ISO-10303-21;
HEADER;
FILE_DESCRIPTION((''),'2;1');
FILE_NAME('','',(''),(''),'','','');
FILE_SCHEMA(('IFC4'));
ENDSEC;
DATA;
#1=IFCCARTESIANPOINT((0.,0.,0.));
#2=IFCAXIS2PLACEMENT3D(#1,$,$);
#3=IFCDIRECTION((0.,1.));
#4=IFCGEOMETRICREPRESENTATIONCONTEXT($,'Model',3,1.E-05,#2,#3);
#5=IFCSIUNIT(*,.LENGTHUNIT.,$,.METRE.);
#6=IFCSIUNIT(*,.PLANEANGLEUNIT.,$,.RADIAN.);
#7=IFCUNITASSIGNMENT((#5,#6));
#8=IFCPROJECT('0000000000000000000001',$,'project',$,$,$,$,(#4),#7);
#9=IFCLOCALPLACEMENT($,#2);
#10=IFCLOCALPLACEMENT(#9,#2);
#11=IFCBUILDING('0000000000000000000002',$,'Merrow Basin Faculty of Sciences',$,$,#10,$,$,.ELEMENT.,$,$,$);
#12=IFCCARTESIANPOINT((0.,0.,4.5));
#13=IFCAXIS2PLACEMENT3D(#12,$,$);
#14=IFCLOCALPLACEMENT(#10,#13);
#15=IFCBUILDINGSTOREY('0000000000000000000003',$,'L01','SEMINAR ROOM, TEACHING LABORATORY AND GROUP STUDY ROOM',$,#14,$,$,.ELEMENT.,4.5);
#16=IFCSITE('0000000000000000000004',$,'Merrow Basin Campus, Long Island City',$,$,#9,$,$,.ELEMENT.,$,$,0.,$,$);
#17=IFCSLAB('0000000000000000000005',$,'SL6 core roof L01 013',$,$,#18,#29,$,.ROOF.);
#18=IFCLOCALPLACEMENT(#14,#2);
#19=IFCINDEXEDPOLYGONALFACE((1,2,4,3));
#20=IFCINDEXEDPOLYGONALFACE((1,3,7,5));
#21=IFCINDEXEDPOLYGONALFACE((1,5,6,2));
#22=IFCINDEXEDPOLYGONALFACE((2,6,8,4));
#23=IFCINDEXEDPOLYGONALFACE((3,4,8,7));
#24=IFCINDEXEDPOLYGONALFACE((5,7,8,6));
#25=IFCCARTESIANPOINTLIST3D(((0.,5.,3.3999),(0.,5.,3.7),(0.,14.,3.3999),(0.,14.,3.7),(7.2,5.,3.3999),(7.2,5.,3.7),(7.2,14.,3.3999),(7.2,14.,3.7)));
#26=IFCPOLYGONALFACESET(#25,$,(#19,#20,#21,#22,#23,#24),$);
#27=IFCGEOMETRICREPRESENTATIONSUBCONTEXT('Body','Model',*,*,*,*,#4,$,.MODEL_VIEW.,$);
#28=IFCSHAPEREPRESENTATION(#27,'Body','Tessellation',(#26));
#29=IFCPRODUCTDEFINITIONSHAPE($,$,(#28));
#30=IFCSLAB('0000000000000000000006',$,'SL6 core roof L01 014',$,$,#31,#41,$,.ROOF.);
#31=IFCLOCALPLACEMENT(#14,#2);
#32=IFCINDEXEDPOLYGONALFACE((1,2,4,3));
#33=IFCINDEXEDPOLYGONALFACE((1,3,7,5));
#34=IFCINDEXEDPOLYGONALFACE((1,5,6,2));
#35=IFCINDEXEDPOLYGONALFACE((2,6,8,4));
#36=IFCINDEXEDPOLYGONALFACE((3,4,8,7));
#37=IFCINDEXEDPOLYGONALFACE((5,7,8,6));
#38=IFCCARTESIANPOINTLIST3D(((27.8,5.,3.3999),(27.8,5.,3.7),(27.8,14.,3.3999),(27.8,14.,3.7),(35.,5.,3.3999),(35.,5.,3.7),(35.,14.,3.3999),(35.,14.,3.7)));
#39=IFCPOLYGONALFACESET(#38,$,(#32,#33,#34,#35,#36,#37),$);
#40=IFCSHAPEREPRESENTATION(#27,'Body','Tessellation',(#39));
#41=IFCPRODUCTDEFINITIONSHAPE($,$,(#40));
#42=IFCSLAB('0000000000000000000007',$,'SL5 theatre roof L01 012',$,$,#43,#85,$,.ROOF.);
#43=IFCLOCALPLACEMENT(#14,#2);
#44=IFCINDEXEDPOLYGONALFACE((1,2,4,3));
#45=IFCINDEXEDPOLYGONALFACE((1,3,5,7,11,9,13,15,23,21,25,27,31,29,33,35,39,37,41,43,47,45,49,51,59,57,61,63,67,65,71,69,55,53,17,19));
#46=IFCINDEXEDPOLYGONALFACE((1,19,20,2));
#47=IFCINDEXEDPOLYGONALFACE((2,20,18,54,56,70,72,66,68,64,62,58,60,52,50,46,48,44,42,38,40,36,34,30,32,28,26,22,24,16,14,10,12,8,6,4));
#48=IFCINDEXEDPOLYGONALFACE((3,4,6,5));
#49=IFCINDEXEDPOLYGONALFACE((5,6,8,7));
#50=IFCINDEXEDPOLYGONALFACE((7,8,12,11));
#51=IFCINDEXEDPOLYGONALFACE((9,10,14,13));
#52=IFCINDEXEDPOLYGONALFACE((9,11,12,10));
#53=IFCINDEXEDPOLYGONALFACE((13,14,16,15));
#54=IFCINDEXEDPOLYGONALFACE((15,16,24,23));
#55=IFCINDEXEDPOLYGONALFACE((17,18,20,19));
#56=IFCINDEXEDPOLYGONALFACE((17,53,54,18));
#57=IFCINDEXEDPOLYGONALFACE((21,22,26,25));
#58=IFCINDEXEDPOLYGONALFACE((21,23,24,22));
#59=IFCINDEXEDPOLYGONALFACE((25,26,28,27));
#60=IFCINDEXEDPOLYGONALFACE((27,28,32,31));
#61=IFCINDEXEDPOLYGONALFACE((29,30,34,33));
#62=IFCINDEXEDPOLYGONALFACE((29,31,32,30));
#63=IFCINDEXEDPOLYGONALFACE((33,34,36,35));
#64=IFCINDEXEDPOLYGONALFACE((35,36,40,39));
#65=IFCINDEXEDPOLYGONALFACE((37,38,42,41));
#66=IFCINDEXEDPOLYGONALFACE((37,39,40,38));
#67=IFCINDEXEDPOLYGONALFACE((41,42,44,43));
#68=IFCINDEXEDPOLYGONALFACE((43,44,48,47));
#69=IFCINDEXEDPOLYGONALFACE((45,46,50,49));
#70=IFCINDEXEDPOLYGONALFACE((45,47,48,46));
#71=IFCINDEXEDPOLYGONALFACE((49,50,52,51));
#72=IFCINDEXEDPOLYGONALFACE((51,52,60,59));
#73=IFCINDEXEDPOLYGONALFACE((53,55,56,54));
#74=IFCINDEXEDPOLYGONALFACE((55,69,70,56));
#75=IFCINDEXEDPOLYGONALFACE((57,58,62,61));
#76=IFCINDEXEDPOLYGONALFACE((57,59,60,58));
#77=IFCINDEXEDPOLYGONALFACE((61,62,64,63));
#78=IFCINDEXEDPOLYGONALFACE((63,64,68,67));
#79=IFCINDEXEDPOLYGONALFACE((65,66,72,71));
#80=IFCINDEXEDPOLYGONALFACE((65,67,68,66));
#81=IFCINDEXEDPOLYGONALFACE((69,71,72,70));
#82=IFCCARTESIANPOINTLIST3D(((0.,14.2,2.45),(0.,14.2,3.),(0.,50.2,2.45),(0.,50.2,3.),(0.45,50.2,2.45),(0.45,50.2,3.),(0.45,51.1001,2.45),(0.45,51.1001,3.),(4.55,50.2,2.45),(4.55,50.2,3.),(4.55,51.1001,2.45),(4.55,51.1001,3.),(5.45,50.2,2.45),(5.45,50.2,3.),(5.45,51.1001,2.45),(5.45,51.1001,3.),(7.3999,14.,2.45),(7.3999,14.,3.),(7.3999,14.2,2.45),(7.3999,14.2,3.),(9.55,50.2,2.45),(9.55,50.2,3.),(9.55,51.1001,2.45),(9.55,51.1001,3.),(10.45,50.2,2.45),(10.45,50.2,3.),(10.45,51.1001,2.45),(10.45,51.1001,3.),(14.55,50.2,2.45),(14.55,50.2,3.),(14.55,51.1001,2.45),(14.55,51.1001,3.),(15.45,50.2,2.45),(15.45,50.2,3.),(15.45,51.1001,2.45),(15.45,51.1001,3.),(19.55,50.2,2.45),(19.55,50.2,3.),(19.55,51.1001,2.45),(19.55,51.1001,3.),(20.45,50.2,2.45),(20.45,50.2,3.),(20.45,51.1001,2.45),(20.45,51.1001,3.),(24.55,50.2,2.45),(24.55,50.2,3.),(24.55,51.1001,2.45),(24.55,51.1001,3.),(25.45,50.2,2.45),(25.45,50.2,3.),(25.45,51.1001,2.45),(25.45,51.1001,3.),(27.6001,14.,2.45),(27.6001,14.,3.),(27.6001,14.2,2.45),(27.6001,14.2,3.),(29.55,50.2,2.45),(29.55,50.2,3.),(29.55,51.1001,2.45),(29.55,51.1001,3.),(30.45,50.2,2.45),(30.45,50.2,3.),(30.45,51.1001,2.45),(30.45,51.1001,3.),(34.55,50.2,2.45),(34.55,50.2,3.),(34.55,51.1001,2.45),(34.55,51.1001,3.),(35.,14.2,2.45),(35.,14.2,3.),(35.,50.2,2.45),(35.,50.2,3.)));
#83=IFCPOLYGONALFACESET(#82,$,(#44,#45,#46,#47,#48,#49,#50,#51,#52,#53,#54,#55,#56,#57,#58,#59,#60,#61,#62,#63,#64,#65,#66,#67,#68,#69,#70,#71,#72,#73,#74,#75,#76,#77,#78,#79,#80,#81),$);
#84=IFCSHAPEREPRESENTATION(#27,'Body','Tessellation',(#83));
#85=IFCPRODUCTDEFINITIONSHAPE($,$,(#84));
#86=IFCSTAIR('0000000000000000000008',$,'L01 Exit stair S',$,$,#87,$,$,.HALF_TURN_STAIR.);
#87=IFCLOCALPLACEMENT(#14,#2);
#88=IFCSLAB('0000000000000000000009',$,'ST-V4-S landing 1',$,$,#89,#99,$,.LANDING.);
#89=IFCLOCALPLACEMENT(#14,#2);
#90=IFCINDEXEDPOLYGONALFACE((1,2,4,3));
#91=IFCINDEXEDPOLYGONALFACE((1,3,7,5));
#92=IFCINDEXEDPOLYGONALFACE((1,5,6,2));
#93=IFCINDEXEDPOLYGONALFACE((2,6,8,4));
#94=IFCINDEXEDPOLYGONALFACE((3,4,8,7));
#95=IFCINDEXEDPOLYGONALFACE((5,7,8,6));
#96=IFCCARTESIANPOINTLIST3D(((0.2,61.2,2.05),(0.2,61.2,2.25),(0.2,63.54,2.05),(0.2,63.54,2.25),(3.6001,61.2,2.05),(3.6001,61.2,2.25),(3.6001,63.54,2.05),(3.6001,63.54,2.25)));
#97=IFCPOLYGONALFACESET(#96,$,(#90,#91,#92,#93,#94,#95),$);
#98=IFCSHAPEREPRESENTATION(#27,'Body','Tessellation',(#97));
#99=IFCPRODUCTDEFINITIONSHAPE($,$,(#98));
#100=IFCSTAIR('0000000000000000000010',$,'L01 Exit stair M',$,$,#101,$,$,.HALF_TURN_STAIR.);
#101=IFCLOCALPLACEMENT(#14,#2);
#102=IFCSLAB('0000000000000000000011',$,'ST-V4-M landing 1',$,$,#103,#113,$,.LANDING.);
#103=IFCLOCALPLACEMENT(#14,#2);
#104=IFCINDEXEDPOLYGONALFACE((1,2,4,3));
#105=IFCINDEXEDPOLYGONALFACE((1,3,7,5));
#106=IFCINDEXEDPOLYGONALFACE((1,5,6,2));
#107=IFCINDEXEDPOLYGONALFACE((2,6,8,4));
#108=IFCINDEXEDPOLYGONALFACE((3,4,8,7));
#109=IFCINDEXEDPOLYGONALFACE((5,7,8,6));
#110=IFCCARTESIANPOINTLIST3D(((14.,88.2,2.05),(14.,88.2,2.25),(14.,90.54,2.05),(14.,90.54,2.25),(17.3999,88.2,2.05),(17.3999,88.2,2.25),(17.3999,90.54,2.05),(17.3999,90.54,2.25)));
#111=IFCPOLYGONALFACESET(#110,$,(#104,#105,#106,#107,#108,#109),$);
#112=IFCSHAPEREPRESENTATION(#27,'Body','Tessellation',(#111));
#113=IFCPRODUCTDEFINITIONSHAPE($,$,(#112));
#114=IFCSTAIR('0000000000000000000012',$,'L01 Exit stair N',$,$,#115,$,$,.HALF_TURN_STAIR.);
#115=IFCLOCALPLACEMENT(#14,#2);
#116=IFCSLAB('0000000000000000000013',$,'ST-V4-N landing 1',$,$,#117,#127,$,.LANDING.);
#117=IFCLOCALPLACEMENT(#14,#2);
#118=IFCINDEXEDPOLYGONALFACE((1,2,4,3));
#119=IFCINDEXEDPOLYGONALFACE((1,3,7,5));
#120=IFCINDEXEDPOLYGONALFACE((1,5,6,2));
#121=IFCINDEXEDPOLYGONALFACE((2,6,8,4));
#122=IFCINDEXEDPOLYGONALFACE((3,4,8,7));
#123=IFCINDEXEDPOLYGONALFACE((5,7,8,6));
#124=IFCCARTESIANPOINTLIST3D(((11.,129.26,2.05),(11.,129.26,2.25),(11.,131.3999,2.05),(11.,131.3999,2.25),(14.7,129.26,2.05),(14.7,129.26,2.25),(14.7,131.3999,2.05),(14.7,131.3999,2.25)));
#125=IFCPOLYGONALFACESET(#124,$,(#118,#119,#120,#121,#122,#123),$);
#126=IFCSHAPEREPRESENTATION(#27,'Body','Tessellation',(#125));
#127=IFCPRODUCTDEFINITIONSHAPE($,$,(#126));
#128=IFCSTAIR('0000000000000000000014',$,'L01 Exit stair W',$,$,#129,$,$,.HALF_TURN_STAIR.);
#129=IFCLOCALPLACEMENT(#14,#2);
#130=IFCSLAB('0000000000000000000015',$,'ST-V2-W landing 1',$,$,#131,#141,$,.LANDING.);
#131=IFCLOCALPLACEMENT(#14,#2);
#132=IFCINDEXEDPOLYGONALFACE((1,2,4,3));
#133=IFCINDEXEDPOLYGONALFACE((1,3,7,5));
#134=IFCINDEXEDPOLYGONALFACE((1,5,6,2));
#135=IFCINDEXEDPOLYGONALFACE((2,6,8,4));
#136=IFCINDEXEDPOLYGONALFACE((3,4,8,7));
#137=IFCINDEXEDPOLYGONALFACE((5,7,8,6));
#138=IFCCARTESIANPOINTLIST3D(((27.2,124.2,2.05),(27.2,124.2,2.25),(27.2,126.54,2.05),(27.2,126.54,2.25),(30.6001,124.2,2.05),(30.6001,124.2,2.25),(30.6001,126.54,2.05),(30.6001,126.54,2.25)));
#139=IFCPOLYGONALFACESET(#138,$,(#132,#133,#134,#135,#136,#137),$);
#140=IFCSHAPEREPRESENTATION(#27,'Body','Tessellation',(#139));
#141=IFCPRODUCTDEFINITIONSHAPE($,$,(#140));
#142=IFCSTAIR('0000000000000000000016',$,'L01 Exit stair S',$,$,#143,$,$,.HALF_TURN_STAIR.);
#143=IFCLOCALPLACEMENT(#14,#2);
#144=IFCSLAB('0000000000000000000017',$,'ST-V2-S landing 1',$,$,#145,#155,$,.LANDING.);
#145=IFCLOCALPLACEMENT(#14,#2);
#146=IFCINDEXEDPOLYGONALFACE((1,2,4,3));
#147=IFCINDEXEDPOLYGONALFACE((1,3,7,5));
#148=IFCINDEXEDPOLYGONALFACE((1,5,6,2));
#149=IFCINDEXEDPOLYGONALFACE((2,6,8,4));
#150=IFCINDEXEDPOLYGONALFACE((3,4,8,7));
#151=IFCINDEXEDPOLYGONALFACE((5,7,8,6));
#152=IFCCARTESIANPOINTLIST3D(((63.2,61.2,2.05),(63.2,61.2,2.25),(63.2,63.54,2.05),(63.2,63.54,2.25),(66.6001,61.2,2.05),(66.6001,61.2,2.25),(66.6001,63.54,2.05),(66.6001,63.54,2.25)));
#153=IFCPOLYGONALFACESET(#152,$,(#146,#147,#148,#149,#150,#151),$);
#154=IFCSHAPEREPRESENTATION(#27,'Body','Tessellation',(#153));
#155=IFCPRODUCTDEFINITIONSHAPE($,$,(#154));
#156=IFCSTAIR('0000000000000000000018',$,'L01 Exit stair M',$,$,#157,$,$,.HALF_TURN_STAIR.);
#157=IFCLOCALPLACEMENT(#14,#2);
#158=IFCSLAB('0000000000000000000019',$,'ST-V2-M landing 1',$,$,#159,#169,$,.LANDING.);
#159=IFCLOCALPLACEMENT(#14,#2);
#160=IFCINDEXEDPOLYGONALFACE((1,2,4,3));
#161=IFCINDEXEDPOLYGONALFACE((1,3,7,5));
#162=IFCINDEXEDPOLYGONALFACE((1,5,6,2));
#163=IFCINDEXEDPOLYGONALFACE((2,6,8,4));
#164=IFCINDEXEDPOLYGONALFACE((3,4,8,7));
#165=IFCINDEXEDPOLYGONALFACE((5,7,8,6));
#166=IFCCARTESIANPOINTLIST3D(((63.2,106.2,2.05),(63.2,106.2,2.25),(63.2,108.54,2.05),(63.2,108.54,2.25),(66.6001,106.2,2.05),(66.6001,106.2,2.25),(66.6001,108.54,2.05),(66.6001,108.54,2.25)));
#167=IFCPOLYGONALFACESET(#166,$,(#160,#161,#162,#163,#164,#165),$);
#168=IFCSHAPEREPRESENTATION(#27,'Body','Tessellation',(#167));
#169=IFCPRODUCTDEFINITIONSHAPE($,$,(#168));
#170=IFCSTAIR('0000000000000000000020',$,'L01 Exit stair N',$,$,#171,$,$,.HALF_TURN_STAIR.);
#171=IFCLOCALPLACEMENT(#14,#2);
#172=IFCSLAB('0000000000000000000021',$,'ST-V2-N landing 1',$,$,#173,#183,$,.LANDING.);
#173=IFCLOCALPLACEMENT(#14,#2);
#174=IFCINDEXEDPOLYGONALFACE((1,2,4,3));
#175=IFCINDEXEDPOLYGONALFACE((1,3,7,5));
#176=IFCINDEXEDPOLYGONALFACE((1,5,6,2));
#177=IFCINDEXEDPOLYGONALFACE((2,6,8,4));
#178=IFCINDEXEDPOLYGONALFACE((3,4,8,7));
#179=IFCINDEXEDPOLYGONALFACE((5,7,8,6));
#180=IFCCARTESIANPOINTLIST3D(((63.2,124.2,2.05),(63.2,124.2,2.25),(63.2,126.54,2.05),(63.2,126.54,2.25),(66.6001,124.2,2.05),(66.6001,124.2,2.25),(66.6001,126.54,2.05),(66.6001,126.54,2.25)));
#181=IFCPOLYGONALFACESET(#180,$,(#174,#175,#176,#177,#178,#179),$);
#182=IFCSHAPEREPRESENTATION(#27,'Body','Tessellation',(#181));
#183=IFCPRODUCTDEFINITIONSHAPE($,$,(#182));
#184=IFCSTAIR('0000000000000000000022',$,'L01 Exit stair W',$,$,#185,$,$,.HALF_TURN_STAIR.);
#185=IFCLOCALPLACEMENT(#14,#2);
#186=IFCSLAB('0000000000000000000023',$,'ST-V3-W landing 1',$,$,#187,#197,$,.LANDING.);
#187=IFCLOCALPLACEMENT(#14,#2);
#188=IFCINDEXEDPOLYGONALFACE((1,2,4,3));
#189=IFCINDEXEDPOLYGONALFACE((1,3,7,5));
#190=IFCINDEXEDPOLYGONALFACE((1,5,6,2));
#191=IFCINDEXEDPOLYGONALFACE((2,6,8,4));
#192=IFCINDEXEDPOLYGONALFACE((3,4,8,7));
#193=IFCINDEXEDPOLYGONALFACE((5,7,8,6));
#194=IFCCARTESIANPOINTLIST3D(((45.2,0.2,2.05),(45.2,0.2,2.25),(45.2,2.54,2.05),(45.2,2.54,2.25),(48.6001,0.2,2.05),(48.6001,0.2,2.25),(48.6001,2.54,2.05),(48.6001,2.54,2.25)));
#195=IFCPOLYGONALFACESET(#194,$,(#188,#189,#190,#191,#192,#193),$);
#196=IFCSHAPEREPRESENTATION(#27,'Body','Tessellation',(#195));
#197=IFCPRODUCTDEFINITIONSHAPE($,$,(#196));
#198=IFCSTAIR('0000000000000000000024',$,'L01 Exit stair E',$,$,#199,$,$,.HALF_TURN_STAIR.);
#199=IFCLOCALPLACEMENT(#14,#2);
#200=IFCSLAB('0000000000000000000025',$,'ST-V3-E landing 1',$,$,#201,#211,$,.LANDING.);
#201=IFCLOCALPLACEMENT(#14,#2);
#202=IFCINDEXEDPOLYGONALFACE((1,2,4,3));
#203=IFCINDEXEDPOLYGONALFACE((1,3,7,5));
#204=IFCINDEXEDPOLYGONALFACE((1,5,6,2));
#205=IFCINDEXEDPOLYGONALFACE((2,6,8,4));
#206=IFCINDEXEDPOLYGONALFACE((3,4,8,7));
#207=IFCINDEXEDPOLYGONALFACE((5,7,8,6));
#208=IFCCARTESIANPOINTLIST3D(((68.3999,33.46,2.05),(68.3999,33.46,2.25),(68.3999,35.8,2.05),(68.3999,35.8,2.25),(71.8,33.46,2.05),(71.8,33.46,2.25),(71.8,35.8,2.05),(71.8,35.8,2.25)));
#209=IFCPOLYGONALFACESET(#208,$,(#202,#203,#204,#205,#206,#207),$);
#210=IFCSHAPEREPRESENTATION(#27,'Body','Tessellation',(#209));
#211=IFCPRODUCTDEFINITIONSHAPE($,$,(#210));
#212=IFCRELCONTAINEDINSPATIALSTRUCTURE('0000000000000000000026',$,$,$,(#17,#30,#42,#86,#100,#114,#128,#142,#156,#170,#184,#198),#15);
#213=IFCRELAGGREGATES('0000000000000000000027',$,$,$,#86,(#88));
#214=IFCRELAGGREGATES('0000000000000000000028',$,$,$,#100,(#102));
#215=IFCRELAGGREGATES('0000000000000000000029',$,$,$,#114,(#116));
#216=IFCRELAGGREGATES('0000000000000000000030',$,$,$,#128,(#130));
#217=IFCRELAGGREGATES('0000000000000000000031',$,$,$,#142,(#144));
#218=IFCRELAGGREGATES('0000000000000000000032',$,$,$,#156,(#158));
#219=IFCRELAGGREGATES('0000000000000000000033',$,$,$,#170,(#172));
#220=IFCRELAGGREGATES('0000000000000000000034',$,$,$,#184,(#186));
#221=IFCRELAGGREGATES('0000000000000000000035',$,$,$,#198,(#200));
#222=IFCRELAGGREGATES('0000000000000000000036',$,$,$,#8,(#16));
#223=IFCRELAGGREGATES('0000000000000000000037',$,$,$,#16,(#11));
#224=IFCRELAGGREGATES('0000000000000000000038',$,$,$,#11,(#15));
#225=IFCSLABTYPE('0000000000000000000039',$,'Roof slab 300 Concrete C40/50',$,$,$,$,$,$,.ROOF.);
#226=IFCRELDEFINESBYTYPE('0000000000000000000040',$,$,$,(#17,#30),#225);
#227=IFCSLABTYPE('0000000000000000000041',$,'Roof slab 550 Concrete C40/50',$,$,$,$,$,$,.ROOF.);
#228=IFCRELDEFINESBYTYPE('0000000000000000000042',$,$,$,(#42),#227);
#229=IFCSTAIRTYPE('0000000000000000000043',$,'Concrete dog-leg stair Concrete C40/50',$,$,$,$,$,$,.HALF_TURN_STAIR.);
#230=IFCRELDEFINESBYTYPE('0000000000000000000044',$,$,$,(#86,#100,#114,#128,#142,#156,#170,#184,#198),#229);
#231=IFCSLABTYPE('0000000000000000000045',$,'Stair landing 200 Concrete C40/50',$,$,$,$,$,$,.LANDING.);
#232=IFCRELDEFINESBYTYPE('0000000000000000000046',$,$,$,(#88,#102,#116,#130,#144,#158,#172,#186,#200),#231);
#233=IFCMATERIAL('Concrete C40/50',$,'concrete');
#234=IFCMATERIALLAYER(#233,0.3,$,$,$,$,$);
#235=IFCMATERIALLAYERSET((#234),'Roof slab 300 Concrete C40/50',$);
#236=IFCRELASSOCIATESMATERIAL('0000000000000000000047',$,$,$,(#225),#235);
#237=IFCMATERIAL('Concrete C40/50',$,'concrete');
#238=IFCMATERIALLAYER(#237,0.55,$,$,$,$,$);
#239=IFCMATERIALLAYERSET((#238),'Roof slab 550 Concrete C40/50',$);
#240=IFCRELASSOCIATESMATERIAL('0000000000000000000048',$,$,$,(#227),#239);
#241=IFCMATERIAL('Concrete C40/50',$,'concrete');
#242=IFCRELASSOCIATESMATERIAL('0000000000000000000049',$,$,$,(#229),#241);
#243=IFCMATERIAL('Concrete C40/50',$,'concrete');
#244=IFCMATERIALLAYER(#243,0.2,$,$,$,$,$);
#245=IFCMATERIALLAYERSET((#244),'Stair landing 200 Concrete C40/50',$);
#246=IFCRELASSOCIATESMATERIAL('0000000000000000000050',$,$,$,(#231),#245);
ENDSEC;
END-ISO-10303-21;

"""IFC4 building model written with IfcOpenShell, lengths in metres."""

from ifc_helpers import new_model, si_unit, direction, frame, origin, place, context, subcontext, project, spatial, polyline, outline, extrude, material, layer, layer_set, type_object, element, aggregate, save


model = new_model("IFC4")

# Units and contexts
model_context = context("Model", 3, precision=1e-05, world=origin(), true_north=direction((0.0, 1.0)))
body_context = subcontext(model_context, "Body", "Model", "MODEL_VIEW")
ifc_project = project(units=[si_unit("LENGTHUNIT", "METRE"), si_unit("PLANEANGLEUNIT", "RADIAN")], contexts=[model_context])

# Site, building, storey
site_placement = place(None, origin())
site = spatial("IfcSite", under=ifc_project, at=site_placement, Name="Merrow Basin Campus, Long Island City", CompositionType="ELEMENT", RefElevation=0.0)
building_placement = place(site_placement, origin())
building = spatial("IfcBuilding", under=site, at=building_placement, Name="Merrow Basin Faculty of Sciences", CompositionType="ELEMENT")
storey_placement = place(building_placement, frame((0.0, 0.0, 4.5)))
storey = spatial("IfcBuildingStorey", under=building, at=storey_placement, Name="L01", Description="SEMINAR ROOM, TEACHING LABORATORY AND GROUP STUDY ROOM", CompositionType="ELEMENT", Elevation=4.5)

# Slabs
ifc_material_1 = material(Name="Concrete C40/50", Category="concrete")
ifc_layer_1 = layer(ifc_material_1, 0.3)
ifc_layer_set_1 = layer_set([ifc_layer_1], Name="Roof slab 300 Concrete C40/50")
slab_type_1 = type_object("IfcSlabType", Name="Roof slab 300 Concrete C40/50", PredefinedType="ROOF", material=ifc_layer_set_1)
slab_1_placement = place(storey_placement, frame((0.0, 0.0, 3.3999)))
element("IfcSlab", 1, at=slab_1_placement, inside=storey, type_object=slab_type_1, Name="SL6 core roof L01 013", PredefinedType="ROOF", context=body_context, shape_type="SweptSolid", body=[
    extrude(outline(polyline([(0.0, 14.0), (7.2, 14.0), (7.2, 5.0), (0.0, 5.0), (0.0, 14.0)])), origin(), (0.0, 0.0, 1.0), 0.3),
])
slab_2_placement = place(storey_placement, frame((0.0, 0.0, 3.3999)))
element("IfcSlab", 2, at=slab_2_placement, inside=storey, type_object=slab_type_1, Name="SL6 core roof L01 014", PredefinedType="ROOF", context=body_context, shape_type="SweptSolid", body=[
    extrude(outline(polyline([(27.8, 14.0), (35.0, 14.0), (35.0, 5.0), (27.8, 5.0), (27.8, 14.0)])), origin(), (0.0, 0.0, 1.0), 0.3),
])
ifc_material_2 = material(Name="Concrete C40/50", Category="concrete")
ifc_layer_2 = layer(ifc_material_2, 0.55)
ifc_layer_set_2 = layer_set([ifc_layer_2], Name="Roof slab 550 Concrete C40/50")
slab_type_2 = type_object("IfcSlabType", Name="Roof slab 550 Concrete C40/50", PredefinedType="ROOF", material=ifc_layer_set_2)
slab_3_placement = place(storey_placement, frame((0.0, 0.0, 2.45)))
element("IfcSlab", 3, at=slab_3_placement, inside=storey, type_object=slab_type_2, Name="SL5 theatre roof L01 012", PredefinedType="ROOF", context=body_context, shape_type="SweptSolid", body=[
    extrude(outline(polyline([(27.6001, 14.2), (27.6001, 14.0), (7.3999, 14.0), (7.3999, 14.2), (0.0, 14.2), (0.0, 50.2), (0.45, 50.2), (0.45, 51.1001), (4.55, 51.1001), (4.55, 50.2), (5.45, 50.2), (5.45, 51.1001), (9.55, 51.1001), (9.55, 50.2), (10.45, 50.2), (10.45, 51.1001), (14.55, 51.1001), (14.55, 50.2), (15.45, 50.2), (15.45, 51.1001), (19.55, 51.1001), (19.55, 50.2), (20.45, 50.2), (20.45, 51.1001), (24.55, 51.1001), (24.55, 50.2), (25.45, 50.2), (25.45, 51.1001), (29.55, 51.1001), (29.55, 50.2), (30.45, 50.2), (30.45, 51.1001), (34.55, 51.1001), (34.55, 50.2), (35.0, 50.2), (35.0, 14.2), (27.6001, 14.2)])), origin(), (0.0, 0.0, 1.0), 0.55),
])

# Stairs, slabs
ifc_material_3 = material(Name="Concrete C40/50", Category="concrete")
stair_type = type_object("IfcStairType", Name="Concrete dog-leg stair Concrete C40/50", PredefinedType="HALF_TURN_STAIR", material=ifc_material_3)
stair_1_placement = place(storey_placement, origin())
stair_1 = element("IfcStair", 4, at=stair_1_placement, inside=storey, type_object=stair_type, Name="L01 Exit stair S", PredefinedType="HALF_TURN_STAIR")
ifc_material_4 = material(Name="Concrete C40/50", Category="concrete")
ifc_layer_3 = layer(ifc_material_4, 0.2)
ifc_layer_set_3 = layer_set([ifc_layer_3], Name="Stair landing 200 Concrete C40/50")
slab_type_3 = type_object("IfcSlabType", Name="Stair landing 200 Concrete C40/50", PredefinedType="LANDING", material=ifc_layer_set_3)
slab_4_placement = place(storey_placement, frame((0.0, 0.0, 2.05)))
slab_4 = element("IfcSlab", 5, at=slab_4_placement, type_object=slab_type_3, Name="ST-V4-S landing 1", PredefinedType="LANDING", context=body_context, shape_type="SweptSolid", body=[
    extrude(outline(polyline([(0.2, 61.2), (3.6001, 61.2), (3.6001, 63.54), (0.2, 63.54), (0.2, 61.2)])), origin(), (0.0, 0.0, 1.0), 0.2),
])
aggregate(stair_1, [slab_4])
stair_2_placement = place(storey_placement, origin())
stair_2 = element("IfcStair", 6, at=stair_2_placement, inside=storey, type_object=stair_type, Name="L01 Exit stair M", PredefinedType="HALF_TURN_STAIR")
slab_5_placement = place(storey_placement, frame((0.0, 0.0, 2.05)))
slab_5 = element("IfcSlab", 7, at=slab_5_placement, type_object=slab_type_3, Name="ST-V4-M landing 1", PredefinedType="LANDING", context=body_context, shape_type="SweptSolid", body=[
    extrude(outline(polyline([(14.0, 88.2), (17.3999, 88.2), (17.3999, 90.54), (14.0, 90.54), (14.0, 88.2)])), origin(), (0.0, 0.0, 1.0), 0.2),
])
aggregate(stair_2, [slab_5])
stair_3_placement = place(storey_placement, origin())
stair_3 = element("IfcStair", 8, at=stair_3_placement, inside=storey, type_object=stair_type, Name="L01 Exit stair N", PredefinedType="HALF_TURN_STAIR")
slab_6_placement = place(storey_placement, frame((0.0, 0.0, 2.05)))
slab_6 = element("IfcSlab", 9, at=slab_6_placement, type_object=slab_type_3, Name="ST-V4-N landing 1", PredefinedType="LANDING", context=body_context, shape_type="SweptSolid", body=[
    extrude(outline(polyline([(11.0, 129.26), (14.7, 129.26), (14.7, 131.3999), (11.0, 131.3999), (11.0, 129.26)])), origin(), (0.0, 0.0, 1.0), 0.2),
])
aggregate(stair_3, [slab_6])
stair_4_placement = place(storey_placement, origin())
stair_4 = element("IfcStair", 10, at=stair_4_placement, inside=storey, type_object=stair_type, Name="L01 Exit stair W", PredefinedType="HALF_TURN_STAIR")
slab_7_placement = place(storey_placement, frame((0.0, 0.0, 2.05)))
slab_7 = element("IfcSlab", 11, at=slab_7_placement, type_object=slab_type_3, Name="ST-V2-W landing 1", PredefinedType="LANDING", context=body_context, shape_type="SweptSolid", body=[
    extrude(outline(polyline([(27.2, 124.2), (30.6001, 124.2), (30.6001, 126.54), (27.2, 126.54), (27.2, 124.2)])), origin(), (0.0, 0.0, 1.0), 0.2),
])
aggregate(stair_4, [slab_7])
stair_5_placement = place(storey_placement, origin())
stair_5 = element("IfcStair", 12, at=stair_5_placement, inside=storey, type_object=stair_type, Name="L01 Exit stair S", PredefinedType="HALF_TURN_STAIR")
slab_8_placement = place(storey_placement, frame((0.0, 0.0, 2.05)))
slab_8 = element("IfcSlab", 13, at=slab_8_placement, type_object=slab_type_3, Name="ST-V2-S landing 1", PredefinedType="LANDING", context=body_context, shape_type="SweptSolid", body=[
    extrude(outline(polyline([(63.2, 61.2), (66.6001, 61.2), (66.6001, 63.54), (63.2, 63.54), (63.2, 61.2)])), origin(), (0.0, 0.0, 1.0), 0.2),
])
aggregate(stair_5, [slab_8])
stair_6_placement = place(storey_placement, origin())
stair_6 = element("IfcStair", 14, at=stair_6_placement, inside=storey, type_object=stair_type, Name="L01 Exit stair M", PredefinedType="HALF_TURN_STAIR")
slab_9_placement = place(storey_placement, frame((0.0, 0.0, 2.05)))
slab_9 = element("IfcSlab", 15, at=slab_9_placement, type_object=slab_type_3, Name="ST-V2-M landing 1", PredefinedType="LANDING", context=body_context, shape_type="SweptSolid", body=[
    extrude(outline(polyline([(63.2, 106.2), (66.6001, 106.2), (66.6001, 108.54), (63.2, 108.54), (63.2, 106.2)])), origin(), (0.0, 0.0, 1.0), 0.2),
])
aggregate(stair_6, [slab_9])
stair_7_placement = place(storey_placement, origin())
stair_7 = element("IfcStair", 16, at=stair_7_placement, inside=storey, type_object=stair_type, Name="L01 Exit stair N", PredefinedType="HALF_TURN_STAIR")
slab_10_placement = place(storey_placement, frame((0.0, 0.0, 2.05)))
slab_10 = element("IfcSlab", 17, at=slab_10_placement, type_object=slab_type_3, Name="ST-V2-N landing 1", PredefinedType="LANDING", context=body_context, shape_type="SweptSolid", body=[
    extrude(outline(polyline([(63.2, 124.2), (66.6001, 124.2), (66.6001, 126.54), (63.2, 126.54), (63.2, 124.2)])), origin(), (0.0, 0.0, 1.0), 0.2),
])
aggregate(stair_7, [slab_10])
stair_8_placement = place(storey_placement, origin())
stair_8 = element("IfcStair", 18, at=stair_8_placement, inside=storey, type_object=stair_type, Name="L01 Exit stair W", PredefinedType="HALF_TURN_STAIR")
slab_11_placement = place(storey_placement, frame((0.0, 0.0, 2.05)))
slab_11 = element("IfcSlab", 19, at=slab_11_placement, type_object=slab_type_3, Name="ST-V3-W landing 1", PredefinedType="LANDING", context=body_context, shape_type="SweptSolid", body=[
    extrude(outline(polyline([(45.2, 0.2), (48.6001, 0.2), (48.6001, 2.54), (45.2, 2.54), (45.2, 0.2)])), origin(), (0.0, 0.0, 1.0), 0.2),
])
aggregate(stair_8, [slab_11])
stair_9_placement = place(storey_placement, origin())
stair_9 = element("IfcStair", 20, at=stair_9_placement, inside=storey, type_object=stair_type, Name="L01 Exit stair E", PredefinedType="HALF_TURN_STAIR")
slab_12_placement = place(storey_placement, frame((0.0, 0.0, 2.05)))
slab_12 = element("IfcSlab", 21, at=slab_12_placement, type_object=slab_type_3, Name="ST-V3-E landing 1", PredefinedType="LANDING", context=body_context, shape_type="SweptSolid", body=[
    extrude(outline(polyline([(68.3999, 33.46), (71.8, 33.46), (71.8, 35.8), (68.3999, 35.8), (68.3999, 33.46)])), origin(), (0.0, 0.0, 1.0), 0.2),
])
aggregate(stair_9, [slab_12])

save(model, "model.ifc")
